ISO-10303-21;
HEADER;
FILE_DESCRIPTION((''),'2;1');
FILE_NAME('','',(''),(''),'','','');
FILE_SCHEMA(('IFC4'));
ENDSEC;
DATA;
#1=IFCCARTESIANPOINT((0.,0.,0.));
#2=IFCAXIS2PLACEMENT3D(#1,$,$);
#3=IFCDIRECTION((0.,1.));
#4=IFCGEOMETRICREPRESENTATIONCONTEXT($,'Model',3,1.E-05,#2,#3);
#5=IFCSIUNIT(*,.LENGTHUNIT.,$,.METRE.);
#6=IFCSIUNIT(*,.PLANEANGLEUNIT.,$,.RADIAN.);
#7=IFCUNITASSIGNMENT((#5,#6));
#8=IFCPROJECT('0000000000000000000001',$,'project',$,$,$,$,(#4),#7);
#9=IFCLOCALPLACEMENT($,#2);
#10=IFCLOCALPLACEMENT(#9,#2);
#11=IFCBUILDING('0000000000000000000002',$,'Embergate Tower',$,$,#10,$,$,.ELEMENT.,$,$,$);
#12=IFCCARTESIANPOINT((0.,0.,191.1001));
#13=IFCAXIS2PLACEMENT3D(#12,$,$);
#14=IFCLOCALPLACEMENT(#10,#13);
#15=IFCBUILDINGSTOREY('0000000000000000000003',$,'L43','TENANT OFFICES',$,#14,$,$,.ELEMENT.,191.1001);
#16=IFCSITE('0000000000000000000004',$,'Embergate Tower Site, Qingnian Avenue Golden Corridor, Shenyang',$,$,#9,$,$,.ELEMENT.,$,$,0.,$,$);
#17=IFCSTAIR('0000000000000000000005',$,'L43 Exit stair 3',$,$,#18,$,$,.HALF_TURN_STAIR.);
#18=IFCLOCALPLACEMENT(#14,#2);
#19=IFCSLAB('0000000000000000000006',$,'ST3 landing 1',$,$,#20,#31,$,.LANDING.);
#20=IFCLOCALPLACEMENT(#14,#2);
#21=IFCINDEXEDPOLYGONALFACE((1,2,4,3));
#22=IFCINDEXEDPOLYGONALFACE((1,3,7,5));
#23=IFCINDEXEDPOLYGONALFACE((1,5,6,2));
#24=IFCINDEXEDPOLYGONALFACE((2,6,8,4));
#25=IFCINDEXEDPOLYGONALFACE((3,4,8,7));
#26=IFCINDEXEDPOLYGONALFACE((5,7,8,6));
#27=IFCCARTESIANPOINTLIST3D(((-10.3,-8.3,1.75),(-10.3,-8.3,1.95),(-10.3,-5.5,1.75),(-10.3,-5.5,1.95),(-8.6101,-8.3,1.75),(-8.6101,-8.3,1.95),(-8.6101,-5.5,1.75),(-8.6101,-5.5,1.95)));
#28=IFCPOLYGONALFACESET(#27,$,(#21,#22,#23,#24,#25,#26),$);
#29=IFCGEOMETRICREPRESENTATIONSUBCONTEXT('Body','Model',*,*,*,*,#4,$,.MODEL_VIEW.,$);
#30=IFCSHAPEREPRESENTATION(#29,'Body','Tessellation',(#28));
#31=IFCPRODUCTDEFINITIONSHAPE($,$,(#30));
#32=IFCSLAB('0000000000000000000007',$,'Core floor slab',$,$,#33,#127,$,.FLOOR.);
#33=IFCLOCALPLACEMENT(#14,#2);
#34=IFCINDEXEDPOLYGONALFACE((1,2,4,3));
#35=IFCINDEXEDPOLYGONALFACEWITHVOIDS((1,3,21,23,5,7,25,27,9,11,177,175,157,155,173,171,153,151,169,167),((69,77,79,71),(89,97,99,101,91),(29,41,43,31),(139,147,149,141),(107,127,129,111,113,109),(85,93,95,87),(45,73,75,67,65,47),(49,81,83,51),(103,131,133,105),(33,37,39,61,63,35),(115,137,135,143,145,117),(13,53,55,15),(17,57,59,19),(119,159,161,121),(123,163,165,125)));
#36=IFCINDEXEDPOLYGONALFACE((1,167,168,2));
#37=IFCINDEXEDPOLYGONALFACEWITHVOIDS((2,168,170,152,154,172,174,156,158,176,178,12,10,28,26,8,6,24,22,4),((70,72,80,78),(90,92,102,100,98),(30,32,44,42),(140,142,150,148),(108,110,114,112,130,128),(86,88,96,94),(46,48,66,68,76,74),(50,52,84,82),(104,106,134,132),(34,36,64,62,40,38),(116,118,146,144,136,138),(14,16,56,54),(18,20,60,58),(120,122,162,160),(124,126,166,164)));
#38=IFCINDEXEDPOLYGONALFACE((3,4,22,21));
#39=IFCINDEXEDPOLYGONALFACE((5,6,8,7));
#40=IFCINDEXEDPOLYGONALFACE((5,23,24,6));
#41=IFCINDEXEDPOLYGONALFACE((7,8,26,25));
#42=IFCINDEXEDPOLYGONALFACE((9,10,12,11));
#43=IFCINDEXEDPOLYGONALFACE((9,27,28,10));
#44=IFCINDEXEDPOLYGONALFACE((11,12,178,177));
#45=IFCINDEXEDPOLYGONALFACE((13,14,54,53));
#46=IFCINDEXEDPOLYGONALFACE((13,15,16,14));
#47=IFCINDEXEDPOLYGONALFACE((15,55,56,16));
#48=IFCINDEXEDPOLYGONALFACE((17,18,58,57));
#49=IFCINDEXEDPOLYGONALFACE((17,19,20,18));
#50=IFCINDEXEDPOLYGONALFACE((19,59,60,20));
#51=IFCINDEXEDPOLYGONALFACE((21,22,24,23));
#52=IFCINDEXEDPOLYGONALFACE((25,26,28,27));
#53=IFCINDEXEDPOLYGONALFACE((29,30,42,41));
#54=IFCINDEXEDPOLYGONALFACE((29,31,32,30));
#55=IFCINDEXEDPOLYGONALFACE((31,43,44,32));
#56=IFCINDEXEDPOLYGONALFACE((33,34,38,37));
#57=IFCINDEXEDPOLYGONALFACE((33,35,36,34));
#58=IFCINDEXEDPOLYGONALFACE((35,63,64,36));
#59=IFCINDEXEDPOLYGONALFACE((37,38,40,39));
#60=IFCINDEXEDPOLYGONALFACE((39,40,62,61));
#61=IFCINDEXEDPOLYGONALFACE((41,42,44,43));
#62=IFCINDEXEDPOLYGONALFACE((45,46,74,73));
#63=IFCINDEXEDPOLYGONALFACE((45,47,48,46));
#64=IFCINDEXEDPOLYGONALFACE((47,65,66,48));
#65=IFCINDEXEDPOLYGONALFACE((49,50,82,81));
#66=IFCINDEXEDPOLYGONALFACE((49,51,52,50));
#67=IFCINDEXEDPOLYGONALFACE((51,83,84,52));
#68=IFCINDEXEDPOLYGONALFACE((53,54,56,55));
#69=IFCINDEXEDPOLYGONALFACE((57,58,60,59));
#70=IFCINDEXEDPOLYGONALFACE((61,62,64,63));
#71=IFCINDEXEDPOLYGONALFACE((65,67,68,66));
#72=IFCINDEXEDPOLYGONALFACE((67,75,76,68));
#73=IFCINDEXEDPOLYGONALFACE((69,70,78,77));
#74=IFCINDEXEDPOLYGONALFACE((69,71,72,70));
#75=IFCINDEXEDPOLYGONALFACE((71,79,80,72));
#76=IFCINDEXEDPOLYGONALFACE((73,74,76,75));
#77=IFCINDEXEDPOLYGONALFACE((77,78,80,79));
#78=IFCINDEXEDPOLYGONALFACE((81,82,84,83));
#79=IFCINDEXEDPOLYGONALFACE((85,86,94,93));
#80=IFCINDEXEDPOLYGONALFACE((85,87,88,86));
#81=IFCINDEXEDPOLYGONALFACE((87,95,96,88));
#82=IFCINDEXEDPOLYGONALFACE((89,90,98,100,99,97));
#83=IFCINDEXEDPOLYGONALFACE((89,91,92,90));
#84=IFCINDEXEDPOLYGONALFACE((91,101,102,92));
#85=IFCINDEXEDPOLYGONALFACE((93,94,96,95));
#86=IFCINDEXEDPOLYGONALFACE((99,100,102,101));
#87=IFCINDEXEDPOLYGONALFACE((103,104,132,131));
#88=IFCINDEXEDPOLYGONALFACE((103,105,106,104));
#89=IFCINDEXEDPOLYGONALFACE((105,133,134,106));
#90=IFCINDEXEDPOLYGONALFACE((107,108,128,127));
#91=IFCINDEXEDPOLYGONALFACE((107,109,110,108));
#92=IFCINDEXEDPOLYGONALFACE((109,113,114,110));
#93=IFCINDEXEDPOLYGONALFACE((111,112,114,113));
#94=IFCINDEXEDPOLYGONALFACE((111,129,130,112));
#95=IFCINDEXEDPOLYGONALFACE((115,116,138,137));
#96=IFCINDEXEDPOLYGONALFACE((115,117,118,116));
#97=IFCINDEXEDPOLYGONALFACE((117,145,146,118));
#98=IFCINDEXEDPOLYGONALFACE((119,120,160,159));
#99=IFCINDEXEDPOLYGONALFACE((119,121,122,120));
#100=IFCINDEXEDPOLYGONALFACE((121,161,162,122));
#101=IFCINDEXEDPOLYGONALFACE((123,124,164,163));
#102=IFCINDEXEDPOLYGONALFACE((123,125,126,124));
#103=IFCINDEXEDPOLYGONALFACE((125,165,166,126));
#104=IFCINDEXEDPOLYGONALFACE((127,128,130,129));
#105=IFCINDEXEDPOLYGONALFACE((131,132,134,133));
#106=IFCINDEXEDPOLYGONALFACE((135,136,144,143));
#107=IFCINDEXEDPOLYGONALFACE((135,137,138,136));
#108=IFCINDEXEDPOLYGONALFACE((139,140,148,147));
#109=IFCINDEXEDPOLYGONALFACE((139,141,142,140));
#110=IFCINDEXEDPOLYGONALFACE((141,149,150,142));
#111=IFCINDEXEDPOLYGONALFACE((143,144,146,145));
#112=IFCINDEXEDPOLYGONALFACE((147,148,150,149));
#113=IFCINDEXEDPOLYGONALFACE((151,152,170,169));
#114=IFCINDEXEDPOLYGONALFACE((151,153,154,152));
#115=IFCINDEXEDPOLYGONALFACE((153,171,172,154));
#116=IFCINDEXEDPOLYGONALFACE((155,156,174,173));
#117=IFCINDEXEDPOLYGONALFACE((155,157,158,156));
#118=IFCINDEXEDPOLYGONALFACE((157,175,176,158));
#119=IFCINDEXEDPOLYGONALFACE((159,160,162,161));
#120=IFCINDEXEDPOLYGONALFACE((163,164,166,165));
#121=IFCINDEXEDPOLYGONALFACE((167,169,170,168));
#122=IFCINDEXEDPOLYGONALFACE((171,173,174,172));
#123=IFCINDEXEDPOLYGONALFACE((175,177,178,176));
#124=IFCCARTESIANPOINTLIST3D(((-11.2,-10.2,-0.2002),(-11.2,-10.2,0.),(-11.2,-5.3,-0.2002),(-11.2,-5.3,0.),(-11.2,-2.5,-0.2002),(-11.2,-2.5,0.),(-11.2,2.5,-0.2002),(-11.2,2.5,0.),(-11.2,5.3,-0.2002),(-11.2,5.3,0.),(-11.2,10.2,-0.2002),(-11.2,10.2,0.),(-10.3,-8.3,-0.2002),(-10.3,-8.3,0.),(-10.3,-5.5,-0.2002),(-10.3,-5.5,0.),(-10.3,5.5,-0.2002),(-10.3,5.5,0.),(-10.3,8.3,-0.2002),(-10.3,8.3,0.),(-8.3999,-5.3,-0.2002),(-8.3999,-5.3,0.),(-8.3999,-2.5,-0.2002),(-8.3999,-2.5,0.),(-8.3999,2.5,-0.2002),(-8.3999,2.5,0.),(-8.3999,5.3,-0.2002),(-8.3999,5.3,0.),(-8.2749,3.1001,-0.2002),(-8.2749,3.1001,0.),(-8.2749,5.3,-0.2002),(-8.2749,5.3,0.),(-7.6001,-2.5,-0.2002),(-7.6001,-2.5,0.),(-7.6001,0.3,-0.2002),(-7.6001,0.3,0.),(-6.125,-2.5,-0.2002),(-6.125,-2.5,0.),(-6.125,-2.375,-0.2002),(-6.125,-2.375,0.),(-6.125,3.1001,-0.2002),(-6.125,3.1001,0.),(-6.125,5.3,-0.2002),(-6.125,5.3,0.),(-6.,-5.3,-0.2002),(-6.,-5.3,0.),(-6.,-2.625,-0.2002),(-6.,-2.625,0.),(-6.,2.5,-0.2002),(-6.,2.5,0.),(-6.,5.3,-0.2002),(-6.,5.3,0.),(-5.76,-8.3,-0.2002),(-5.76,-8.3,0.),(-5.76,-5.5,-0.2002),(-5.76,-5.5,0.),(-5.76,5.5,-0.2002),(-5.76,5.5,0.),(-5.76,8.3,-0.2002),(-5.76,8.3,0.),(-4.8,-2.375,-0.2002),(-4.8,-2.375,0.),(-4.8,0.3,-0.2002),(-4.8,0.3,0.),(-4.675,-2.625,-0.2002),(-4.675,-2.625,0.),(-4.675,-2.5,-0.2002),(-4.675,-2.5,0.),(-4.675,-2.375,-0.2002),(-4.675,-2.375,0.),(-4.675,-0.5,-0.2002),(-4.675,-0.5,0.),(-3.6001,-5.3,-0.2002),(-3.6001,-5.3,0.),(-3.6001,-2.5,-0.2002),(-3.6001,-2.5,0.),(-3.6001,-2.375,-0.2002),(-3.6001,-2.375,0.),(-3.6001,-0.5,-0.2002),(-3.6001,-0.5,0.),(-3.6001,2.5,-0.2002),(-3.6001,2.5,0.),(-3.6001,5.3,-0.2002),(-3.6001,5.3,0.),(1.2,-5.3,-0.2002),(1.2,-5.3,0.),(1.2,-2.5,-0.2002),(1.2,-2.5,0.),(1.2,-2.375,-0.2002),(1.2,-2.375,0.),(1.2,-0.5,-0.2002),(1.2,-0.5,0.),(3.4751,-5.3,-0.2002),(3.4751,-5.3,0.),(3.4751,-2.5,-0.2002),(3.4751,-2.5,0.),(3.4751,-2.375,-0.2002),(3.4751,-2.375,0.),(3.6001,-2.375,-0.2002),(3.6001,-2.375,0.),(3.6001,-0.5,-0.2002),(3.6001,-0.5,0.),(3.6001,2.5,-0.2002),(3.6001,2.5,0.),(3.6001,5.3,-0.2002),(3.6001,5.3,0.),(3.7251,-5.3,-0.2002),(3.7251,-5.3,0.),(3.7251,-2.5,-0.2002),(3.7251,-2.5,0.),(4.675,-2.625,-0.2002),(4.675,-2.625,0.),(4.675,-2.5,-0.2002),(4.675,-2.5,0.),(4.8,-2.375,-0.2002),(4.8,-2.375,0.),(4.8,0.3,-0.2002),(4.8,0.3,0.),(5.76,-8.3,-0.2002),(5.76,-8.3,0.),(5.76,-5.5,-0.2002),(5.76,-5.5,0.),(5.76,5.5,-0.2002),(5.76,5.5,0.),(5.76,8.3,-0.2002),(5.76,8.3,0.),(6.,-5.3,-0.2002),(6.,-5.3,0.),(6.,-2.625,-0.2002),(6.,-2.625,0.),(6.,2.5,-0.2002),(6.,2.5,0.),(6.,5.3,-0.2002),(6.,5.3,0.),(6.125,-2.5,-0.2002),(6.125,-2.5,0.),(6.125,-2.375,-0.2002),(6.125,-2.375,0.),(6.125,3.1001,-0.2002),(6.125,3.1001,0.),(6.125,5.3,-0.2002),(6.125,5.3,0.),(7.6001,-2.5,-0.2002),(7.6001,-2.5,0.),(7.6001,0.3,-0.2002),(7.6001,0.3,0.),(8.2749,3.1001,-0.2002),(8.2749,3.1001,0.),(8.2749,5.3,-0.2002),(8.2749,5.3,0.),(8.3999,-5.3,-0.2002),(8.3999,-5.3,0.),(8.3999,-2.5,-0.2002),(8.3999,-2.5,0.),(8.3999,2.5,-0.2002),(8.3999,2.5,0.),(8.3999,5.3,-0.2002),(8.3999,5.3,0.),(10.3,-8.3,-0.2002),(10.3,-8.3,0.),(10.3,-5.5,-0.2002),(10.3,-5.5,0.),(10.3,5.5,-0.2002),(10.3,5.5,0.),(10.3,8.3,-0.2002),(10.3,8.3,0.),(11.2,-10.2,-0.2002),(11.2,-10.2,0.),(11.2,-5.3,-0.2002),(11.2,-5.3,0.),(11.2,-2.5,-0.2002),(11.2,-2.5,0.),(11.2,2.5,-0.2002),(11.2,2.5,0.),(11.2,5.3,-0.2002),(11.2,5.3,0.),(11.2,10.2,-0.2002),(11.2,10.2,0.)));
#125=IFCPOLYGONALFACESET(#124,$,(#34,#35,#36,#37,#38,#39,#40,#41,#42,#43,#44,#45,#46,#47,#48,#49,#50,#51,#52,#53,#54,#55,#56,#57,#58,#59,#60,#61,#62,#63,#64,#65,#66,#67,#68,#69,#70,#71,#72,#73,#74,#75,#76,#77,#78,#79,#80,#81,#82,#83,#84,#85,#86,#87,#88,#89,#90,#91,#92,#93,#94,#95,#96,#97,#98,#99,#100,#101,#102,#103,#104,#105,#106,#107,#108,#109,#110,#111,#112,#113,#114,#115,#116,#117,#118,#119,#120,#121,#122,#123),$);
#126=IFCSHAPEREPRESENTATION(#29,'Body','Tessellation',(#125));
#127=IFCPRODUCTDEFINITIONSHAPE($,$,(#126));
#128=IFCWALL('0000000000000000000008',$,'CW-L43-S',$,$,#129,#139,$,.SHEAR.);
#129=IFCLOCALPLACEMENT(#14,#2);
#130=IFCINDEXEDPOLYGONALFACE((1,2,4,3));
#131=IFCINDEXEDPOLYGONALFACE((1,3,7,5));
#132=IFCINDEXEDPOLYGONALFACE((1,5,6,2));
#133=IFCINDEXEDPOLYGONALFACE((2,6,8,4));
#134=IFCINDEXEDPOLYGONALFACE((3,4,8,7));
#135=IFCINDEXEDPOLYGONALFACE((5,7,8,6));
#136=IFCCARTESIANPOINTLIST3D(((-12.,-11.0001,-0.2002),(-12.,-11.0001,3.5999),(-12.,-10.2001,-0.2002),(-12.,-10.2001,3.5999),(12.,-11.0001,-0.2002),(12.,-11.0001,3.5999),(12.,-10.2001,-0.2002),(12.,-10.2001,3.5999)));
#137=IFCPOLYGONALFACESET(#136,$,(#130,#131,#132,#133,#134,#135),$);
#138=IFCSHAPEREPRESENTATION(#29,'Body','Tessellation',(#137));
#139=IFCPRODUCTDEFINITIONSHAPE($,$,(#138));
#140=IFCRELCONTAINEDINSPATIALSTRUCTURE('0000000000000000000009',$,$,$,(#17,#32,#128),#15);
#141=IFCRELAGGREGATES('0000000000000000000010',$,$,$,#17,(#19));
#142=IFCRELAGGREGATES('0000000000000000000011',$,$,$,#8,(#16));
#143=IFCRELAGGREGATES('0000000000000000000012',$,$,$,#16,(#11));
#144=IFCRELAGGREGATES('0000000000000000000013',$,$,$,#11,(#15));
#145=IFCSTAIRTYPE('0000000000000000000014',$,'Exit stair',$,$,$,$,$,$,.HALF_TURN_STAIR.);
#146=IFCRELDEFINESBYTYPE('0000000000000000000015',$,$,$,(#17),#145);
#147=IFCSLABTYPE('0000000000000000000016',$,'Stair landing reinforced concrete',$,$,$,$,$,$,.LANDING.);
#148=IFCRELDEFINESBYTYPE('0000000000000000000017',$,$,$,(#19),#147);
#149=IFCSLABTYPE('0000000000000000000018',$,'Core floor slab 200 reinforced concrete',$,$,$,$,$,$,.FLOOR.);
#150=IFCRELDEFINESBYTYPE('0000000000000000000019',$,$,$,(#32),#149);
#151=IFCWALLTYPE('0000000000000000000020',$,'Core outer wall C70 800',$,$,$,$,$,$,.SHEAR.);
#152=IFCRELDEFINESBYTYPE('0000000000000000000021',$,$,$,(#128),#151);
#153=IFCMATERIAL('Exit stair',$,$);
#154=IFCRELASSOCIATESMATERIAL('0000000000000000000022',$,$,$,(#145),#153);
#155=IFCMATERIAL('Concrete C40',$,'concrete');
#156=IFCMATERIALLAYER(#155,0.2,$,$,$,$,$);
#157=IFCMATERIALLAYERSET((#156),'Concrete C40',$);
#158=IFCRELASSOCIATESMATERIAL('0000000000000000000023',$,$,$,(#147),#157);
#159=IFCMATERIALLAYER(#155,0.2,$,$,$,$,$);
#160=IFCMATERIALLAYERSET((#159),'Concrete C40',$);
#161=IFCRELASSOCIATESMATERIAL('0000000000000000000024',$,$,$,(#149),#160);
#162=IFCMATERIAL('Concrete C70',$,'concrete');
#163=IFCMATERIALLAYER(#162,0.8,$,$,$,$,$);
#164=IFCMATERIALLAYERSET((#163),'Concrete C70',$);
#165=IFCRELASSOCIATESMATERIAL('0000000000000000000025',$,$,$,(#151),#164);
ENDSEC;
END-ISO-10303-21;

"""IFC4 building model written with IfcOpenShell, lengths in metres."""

from ifc_helpers import new_model, si_unit, direction, frame, frame_2d, origin, place, context, subcontext, project, spatial, polyline, rectangle, outline, extrude, source, transform, mapped, material, layer, layer_set, type_object, element, aggregate, save


model = new_model("IFC4")

# Units and contexts
model_context = context("Model", 3, precision=1e-05, world=origin(), true_north=direction((0.0, 1.0)))
body_context = subcontext(model_context, "Body", "Model", "MODEL_VIEW")
ifc_project = project(units=[si_unit("LENGTHUNIT", "METRE"), si_unit("PLANEANGLEUNIT", "RADIAN")], contexts=[model_context])

# Site, building, storey
site_placement = place(None, origin())
site = spatial("IfcSite", under=ifc_project, at=site_placement, Name="Embergate Tower Site, Qingnian Avenue Golden Corridor, Shenyang", CompositionType="ELEMENT", RefElevation=0.0)
building_placement = place(site_placement, origin())
building = spatial("IfcBuilding", under=site, at=building_placement, Name="Embergate Tower", CompositionType="ELEMENT")
storey_placement = place(building_placement, frame((0.0, 0.0, 191.1001)))
storey = spatial("IfcBuildingStorey", under=building, at=storey_placement, Name="L43", Description="TENANT OFFICES", CompositionType="ELEMENT", Elevation=191.1001)

# Stair, slab
ifc_material_1 = material(Name="Exit stair")
stair_type = type_object("IfcStairType", Name="Exit stair", PredefinedType="HALF_TURN_STAIR", material=ifc_material_1)
stair_placement = place(storey_placement, origin())
stair = element("IfcStair", 1, at=stair_placement, inside=storey, type_object=stair_type, Name="L43 Exit stair 3", PredefinedType="HALF_TURN_STAIR")
ifc_material_2 = material(Name="Concrete C40", Category="concrete")
ifc_layer_1 = layer(ifc_material_2, 0.2)
ifc_layer_set_1 = layer_set([ifc_layer_1], Name="Concrete C40")
slab_type_1 = type_object("IfcSlabType", Name="Stair landing reinforced concrete", PredefinedType="LANDING", material=ifc_layer_set_1)
shared_shape_1 = source(origin(), body_context, "Body", "SweptSolid", [
    extrude(outline(polyline([(0.0, 0.0), (1.6899, 0.0), (1.6899, 2.8), (0.0, 2.8), (0.0, 0.0)])), origin(), (0.0, 0.0, 1.0), 0.2),
])
slab_1_placement = place(storey_placement, frame((-10.3, -8.3, 1.75)))
slab_1 = element("IfcSlab", 2, at=slab_1_placement, type_object=slab_type_1, Name="ST3 landing 1", PredefinedType="LANDING", context=body_context, shape_type="MappedRepresentation", body=[
    mapped(shared_shape_1, transform((0.0, 0.0, 0.0))),
])

# Slab
ifc_layer_2 = layer(ifc_material_2, 0.2)
ifc_layer_set_2 = layer_set([ifc_layer_2], Name="Concrete C40")
slab_type_2 = type_object("IfcSlabType", Name="Core floor slab 200 reinforced concrete", PredefinedType="FLOOR", material=ifc_layer_set_2)
shared_shape_2 = source(origin(), body_context, "Body", "SweptSolid", [
    extrude(outline(polyline([(0.0, 0.0), (22.3999, 0.0), (22.3999, 4.8999), (19.5999, 4.8999), (19.5999, 7.7), (22.3999, 7.7), (22.3999, 12.7), (19.5999, 12.7), (19.5999, 15.5), (22.3999, 15.5), (22.3999, 20.3999), (0.0, 20.3999), (0.0, 15.5), (2.8, 15.5), (2.8, 12.7), (0.0, 12.7), (0.0, 7.7), (2.8, 7.7), (2.8, 4.8999), (0.0, 4.8999), (0.0, 0.0)]), holes=[polyline([(0.8999, 1.8999), (0.8999, 4.7), (5.4399, 4.7), (5.4399, 1.8999), (0.8999, 1.8999)]), polyline([(16.96, 1.8999), (16.96, 4.7), (21.5, 4.7), (21.5, 1.8999), (16.96, 1.8999)]), polyline([(5.2, 4.8999), (5.2, 7.575), (6.5249, 7.575), (6.5249, 7.7), (7.5999, 7.7), (7.5999, 4.8999), (5.2, 4.8999)]), polyline([(12.3999, 4.8999), (12.3999, 7.7), (14.675, 7.7), (14.675, 4.8999), (12.3999, 4.8999)]), polyline([(14.925, 4.8999), (14.925, 7.7), (15.875, 7.7), (15.875, 7.575), (17.2, 7.575), (17.2, 4.8999), (14.925, 4.8999)]), polyline([(3.5999, 7.7), (3.5999, 10.5), (6.3999, 10.5), (6.3999, 7.825), (5.075, 7.825), (5.075, 7.7), (3.5999, 7.7)]), polyline([(17.325, 7.7), (17.325, 7.825), (16.0, 7.825), (16.0, 10.5), (18.8, 10.5), (18.8, 7.7), (17.325, 7.7)]), polyline([(6.5249, 7.825), (6.5249, 9.7), (7.5999, 9.7), (7.5999, 7.825), (6.5249, 7.825)]), polyline([(12.3999, 7.825), (12.3999, 9.7), (14.8, 9.7), (14.8, 7.825), (14.675, 7.825), (12.3999, 7.825)]), polyline([(5.2, 12.7), (5.2, 15.5), (7.5999, 15.5), (7.5999, 12.7), (5.2, 12.7)]), polyline([(14.8, 12.7), (14.8, 15.5), (17.2, 15.5), (17.2, 12.7), (14.8, 12.7)]), polyline([(2.925, 13.3), (2.925, 15.5), (5.075, 15.5), (5.075, 13.3), (2.925, 13.3)]), polyline([(17.325, 13.3), (17.325, 15.5), (19.4749, 15.5), (19.4749, 13.3), (17.325, 13.3)]), polyline([(0.8999, 15.7), (0.8999, 18.5), (5.4399, 18.5), (5.4399, 15.7), (0.8999, 15.7)]), polyline([(16.96, 15.7), (16.96, 18.5), (21.5, 18.5), (21.5, 15.7), (16.96, 15.7)])]), origin(), (0.0, 0.0, 1.0), 0.2002),
])
slab_2_placement = place(storey_placement, frame((-11.2, -10.2, -0.2002)))
element("IfcSlab", 3, at=slab_2_placement, inside=storey, type_object=slab_type_2, Name="Core floor slab", PredefinedType="FLOOR", context=body_context, shape_type="MappedRepresentation", body=[
    mapped(shared_shape_2, transform((0.0, 0.0, 0.0))),
])

# Wall
ifc_material_3 = material(Name="Concrete C70", Category="concrete")
ifc_layer_3 = layer(ifc_material_3, 0.8)
ifc_layer_set_3 = layer_set([ifc_layer_3], Name="Concrete C70")
wall_type_1 = type_object("IfcWallType", Name="Core outer wall C70 800", PredefinedType="SHEAR", material=ifc_layer_set_3)
shared_shape_3 = source(origin(), body_context, "Body", "SweptSolid", [
    extrude(rectangle(XDim=24.0, YDim=0.8, at=frame_2d((12.0, 0.0))), origin(), (0.0, 0.0, 1.0), 3.8),
])
wall_1_placement = place(storey_placement, frame((-12.0, -10.6001, -0.2002), z_axis=(0.0, 0.0, 1.0), x_axis=(1.0, 0.0, 0.0)))
element("IfcWall", 4, at=wall_1_placement, inside=storey, type_object=wall_type_1, Name="CW-L43-S", PredefinedType="SHEAR", context=body_context, shape_type="MappedRepresentation", body=[
    mapped(shared_shape_3, transform((0.0, 0.0, 0.0))),
])

aggregate(stair, [slab_1])

save(model, "model.ifc")
